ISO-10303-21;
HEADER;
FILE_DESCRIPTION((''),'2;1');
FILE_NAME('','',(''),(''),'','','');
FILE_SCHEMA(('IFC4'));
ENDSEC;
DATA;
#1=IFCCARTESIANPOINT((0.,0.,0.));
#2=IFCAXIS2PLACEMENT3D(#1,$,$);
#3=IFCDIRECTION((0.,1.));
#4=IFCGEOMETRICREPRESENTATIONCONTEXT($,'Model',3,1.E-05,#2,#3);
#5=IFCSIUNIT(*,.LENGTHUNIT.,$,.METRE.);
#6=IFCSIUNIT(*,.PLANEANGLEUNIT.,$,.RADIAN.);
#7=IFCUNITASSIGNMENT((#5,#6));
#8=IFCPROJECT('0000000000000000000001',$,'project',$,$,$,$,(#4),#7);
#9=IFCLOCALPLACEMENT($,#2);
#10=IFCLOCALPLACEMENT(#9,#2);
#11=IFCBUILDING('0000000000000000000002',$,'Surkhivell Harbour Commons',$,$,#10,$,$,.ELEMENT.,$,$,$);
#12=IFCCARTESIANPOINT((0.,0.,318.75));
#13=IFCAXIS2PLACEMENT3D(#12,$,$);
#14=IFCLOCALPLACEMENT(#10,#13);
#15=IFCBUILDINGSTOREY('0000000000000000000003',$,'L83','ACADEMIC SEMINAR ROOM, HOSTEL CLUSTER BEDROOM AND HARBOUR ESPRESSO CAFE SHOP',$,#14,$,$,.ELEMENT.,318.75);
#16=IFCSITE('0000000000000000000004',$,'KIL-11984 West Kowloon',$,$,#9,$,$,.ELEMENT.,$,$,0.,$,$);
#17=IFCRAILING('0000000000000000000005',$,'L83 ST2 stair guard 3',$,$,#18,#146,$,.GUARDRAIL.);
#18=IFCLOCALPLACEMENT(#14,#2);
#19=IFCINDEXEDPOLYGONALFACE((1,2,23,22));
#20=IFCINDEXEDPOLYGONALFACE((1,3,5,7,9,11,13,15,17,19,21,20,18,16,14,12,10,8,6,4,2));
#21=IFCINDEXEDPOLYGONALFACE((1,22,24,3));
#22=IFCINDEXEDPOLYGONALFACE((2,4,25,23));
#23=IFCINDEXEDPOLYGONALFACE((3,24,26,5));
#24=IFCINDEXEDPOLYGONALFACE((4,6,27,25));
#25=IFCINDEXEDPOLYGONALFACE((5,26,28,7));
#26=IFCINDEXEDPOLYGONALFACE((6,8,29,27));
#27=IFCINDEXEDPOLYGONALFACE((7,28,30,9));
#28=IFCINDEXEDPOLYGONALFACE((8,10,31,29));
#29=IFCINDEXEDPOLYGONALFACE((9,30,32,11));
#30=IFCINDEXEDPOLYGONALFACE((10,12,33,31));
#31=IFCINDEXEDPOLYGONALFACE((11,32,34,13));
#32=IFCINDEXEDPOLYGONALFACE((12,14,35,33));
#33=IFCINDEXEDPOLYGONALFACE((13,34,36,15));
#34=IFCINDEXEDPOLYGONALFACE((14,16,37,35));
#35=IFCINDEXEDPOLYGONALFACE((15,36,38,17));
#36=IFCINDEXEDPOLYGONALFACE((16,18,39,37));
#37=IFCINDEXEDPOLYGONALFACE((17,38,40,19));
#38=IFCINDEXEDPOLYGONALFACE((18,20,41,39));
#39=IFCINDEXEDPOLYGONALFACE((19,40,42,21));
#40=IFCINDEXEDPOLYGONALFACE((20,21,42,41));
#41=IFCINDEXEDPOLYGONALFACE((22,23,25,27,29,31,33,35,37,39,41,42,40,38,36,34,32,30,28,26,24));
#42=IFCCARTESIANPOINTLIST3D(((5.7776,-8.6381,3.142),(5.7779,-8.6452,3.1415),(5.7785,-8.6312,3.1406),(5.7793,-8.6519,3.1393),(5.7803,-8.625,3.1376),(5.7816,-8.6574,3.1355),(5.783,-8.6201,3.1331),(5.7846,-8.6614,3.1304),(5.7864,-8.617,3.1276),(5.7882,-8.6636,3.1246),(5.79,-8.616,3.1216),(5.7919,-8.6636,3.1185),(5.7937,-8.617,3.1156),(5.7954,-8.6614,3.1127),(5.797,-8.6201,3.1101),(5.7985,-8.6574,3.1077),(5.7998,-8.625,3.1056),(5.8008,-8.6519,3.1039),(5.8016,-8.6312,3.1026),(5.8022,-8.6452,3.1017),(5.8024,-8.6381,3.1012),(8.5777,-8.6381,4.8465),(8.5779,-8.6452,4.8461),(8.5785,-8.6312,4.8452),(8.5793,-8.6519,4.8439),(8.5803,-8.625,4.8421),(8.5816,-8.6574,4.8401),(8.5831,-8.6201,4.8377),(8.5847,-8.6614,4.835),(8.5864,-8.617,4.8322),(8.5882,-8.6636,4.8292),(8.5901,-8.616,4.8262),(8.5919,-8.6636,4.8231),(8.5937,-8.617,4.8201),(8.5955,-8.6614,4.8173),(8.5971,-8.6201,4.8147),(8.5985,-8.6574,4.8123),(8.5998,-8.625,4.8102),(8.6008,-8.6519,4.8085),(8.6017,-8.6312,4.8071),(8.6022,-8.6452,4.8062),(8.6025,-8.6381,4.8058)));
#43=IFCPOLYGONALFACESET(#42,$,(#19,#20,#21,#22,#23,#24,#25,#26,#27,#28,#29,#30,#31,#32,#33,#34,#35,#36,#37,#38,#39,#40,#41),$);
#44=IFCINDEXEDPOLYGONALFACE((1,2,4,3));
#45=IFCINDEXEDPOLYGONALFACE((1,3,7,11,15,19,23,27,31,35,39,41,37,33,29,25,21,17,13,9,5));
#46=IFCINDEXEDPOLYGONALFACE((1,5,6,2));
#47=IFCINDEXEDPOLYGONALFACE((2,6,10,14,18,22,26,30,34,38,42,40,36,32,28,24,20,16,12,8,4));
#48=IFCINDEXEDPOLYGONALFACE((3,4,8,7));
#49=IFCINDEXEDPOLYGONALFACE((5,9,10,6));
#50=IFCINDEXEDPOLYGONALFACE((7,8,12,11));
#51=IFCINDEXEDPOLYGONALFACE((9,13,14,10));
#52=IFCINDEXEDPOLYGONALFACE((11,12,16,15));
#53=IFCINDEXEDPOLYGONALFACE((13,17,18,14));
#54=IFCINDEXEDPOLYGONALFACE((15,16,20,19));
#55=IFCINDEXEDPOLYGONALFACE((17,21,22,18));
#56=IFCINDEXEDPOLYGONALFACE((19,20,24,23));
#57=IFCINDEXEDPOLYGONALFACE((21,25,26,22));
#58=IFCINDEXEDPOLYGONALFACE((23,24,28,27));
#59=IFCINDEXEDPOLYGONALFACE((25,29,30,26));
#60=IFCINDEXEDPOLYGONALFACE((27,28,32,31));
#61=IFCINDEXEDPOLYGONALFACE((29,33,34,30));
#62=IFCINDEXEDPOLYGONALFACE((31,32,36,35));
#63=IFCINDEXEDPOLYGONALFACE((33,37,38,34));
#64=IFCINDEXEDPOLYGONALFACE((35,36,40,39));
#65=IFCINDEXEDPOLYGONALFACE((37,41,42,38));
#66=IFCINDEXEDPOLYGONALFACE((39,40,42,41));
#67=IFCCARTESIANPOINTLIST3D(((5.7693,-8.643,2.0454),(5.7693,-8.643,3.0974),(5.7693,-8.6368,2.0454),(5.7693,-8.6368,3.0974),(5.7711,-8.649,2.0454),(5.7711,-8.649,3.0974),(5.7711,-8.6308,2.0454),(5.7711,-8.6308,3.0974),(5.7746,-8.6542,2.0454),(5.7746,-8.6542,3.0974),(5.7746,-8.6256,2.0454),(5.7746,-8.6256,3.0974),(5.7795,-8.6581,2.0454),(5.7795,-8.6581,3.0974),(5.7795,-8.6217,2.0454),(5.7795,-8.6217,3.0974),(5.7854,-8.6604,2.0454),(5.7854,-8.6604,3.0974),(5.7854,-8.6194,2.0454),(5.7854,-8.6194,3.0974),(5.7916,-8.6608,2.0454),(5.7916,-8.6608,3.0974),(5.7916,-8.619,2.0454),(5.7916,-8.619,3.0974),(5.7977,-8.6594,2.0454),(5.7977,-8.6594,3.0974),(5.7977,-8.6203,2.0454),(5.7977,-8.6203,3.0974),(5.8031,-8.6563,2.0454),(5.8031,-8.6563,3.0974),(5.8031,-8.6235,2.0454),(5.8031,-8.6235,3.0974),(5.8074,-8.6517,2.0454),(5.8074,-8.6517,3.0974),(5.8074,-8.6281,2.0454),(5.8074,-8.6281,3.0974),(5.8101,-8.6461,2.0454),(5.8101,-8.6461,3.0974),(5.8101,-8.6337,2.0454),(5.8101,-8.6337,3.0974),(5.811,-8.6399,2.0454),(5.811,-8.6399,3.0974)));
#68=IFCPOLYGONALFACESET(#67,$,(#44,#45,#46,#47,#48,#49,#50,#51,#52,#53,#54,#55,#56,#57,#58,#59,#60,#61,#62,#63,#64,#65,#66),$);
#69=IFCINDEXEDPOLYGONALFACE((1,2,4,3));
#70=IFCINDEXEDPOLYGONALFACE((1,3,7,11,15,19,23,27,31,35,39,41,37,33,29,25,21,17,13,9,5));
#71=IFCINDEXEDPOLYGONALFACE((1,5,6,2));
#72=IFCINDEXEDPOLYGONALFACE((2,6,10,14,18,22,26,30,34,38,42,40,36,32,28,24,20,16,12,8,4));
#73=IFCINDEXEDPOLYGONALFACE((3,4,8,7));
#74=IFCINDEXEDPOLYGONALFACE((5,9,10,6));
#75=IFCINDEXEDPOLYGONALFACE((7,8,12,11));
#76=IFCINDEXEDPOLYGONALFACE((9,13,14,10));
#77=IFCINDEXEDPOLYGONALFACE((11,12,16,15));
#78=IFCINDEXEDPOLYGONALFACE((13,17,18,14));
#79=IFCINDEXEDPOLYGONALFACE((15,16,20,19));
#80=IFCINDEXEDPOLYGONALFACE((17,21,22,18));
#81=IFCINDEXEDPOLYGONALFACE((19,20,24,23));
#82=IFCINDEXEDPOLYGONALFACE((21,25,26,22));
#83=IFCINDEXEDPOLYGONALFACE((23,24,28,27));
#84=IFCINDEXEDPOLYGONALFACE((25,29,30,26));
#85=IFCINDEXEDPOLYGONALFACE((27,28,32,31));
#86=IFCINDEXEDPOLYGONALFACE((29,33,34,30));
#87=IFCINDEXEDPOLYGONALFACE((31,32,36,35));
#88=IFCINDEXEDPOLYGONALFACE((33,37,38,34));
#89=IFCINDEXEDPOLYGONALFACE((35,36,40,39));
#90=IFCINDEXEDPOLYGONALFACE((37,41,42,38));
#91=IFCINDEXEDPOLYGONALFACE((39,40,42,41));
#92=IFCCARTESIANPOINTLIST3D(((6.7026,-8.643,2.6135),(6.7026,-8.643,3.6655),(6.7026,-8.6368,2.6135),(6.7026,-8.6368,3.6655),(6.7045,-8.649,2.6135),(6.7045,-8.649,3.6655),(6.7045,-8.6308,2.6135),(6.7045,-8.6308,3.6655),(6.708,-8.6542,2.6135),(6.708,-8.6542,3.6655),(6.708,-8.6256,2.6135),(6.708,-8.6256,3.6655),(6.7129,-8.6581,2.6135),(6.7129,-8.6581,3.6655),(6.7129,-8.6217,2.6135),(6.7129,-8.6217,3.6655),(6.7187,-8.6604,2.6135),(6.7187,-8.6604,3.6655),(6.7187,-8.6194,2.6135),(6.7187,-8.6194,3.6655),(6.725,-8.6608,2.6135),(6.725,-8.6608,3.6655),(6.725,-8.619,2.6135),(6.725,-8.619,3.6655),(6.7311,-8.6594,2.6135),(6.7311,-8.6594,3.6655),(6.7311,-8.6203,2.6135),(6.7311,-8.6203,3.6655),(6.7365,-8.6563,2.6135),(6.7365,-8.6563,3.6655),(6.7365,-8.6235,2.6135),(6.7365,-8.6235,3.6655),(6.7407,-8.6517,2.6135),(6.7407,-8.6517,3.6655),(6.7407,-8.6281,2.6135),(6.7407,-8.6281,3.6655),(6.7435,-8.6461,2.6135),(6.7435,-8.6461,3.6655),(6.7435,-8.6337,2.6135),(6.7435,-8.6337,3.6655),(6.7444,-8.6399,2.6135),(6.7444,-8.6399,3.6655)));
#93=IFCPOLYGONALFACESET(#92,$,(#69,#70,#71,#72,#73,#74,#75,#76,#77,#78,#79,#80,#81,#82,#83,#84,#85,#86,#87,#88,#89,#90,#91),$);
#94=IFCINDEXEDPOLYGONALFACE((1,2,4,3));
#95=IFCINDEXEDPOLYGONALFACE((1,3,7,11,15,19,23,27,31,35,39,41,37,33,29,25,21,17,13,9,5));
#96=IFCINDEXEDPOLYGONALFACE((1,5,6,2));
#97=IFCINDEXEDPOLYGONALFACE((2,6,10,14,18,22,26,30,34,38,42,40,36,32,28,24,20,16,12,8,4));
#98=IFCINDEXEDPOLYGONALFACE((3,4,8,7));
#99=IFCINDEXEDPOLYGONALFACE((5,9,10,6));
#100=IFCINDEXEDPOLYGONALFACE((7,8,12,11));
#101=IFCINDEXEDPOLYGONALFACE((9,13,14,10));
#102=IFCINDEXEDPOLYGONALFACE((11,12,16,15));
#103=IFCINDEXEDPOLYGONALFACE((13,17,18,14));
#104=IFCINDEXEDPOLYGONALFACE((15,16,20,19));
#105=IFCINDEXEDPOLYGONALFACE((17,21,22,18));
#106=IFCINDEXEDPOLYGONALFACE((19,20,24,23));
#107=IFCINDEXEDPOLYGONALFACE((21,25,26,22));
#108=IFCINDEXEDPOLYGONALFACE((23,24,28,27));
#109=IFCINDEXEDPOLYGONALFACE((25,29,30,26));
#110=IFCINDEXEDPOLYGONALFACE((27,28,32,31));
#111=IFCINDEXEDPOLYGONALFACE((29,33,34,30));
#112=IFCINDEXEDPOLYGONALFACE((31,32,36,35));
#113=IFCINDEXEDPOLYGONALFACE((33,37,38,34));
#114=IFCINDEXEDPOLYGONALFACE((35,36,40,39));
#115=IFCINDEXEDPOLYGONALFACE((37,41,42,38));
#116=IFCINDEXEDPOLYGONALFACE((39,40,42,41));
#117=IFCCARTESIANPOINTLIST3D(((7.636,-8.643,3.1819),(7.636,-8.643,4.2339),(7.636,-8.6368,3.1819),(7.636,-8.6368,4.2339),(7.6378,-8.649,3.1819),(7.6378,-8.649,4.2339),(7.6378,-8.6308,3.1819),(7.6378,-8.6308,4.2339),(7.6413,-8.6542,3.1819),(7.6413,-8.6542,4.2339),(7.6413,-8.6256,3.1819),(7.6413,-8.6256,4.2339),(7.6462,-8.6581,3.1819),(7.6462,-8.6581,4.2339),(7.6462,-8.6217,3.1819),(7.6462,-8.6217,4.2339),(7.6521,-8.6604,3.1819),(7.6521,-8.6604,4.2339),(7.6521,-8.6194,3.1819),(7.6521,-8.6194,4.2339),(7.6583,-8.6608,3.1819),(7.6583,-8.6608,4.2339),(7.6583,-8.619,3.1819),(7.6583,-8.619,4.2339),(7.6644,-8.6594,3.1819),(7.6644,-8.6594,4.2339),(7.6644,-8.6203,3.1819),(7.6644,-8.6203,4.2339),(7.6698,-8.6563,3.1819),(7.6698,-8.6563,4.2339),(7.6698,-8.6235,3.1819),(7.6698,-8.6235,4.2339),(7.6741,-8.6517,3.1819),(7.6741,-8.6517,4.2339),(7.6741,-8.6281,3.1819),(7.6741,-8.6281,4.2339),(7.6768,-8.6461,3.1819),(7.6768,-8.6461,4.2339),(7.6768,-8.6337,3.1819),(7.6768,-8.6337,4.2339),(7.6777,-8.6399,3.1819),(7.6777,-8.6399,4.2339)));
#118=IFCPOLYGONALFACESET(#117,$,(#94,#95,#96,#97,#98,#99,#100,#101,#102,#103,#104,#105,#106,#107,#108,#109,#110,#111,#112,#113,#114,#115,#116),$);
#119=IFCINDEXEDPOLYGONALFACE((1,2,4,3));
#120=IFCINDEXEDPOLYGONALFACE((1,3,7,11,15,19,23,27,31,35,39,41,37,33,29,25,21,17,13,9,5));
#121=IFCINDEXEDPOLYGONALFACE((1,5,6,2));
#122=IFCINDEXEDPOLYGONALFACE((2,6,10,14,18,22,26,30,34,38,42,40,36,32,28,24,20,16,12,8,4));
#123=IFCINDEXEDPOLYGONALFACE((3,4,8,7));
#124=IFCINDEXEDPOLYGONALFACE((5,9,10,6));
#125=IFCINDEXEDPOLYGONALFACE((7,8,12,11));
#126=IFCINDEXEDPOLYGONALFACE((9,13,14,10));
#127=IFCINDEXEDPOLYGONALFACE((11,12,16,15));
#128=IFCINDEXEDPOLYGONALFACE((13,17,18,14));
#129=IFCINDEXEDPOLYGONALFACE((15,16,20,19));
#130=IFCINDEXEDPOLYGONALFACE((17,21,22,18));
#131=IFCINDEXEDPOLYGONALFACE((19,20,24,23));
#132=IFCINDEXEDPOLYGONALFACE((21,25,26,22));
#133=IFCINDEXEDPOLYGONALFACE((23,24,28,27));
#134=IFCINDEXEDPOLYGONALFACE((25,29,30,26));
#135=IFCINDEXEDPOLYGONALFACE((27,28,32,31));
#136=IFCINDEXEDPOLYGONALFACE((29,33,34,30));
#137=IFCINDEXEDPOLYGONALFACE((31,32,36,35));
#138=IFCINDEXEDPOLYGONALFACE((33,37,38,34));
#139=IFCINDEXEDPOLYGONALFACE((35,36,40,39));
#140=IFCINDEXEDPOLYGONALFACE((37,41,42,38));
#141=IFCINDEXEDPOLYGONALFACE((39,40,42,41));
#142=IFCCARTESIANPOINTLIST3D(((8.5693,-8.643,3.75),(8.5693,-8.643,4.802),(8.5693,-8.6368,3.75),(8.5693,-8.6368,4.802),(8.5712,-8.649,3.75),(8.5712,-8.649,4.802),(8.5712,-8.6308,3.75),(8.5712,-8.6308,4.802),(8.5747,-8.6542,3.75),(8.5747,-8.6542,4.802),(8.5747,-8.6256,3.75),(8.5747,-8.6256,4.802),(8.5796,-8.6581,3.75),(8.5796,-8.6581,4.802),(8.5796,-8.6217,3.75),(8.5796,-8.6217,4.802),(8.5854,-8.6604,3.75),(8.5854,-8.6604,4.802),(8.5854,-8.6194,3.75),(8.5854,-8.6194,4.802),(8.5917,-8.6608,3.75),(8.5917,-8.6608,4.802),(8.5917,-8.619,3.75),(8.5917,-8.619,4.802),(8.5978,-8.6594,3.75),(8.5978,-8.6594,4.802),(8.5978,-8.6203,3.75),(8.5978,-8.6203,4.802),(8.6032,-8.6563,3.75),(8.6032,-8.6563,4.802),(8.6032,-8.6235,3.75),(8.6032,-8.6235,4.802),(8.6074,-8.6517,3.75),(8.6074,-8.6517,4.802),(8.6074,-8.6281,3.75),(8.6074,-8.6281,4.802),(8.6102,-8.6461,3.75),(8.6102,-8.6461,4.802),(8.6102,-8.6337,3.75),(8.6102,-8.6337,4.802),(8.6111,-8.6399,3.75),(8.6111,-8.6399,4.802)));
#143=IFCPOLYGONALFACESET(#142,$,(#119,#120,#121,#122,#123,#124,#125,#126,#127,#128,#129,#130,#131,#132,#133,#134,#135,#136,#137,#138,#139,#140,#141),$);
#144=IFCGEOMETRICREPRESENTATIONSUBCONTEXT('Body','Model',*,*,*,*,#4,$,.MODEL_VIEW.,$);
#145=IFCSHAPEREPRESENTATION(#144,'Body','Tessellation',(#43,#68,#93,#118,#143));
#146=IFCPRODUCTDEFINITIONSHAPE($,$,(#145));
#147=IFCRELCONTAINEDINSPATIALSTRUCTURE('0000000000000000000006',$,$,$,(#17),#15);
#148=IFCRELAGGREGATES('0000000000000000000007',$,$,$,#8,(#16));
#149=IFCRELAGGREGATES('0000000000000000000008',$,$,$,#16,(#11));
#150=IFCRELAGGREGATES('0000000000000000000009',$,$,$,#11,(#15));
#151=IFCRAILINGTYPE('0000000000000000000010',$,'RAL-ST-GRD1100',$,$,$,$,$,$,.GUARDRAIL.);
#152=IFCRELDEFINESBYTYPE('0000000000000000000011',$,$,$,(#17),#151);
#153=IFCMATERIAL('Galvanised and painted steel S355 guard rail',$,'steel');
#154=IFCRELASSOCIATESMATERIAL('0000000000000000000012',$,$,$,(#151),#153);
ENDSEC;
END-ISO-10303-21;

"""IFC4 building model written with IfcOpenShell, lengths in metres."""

from ifc_helpers import new_model, si_unit, direction, frame, origin, origin_2d, place, context, subcontext, project, spatial, circle, extrude, material, type_object, element, save


model = new_model("IFC4")

# Units and contexts
model_context = context("Model", 3, precision=1e-05, world=origin(), true_north=direction((0.0, 1.0)))
body_context = subcontext(model_context, "Body", "Model", "MODEL_VIEW")
ifc_project = project(units=[si_unit("LENGTHUNIT", "METRE"), si_unit("PLANEANGLEUNIT", "RADIAN")], contexts=[model_context])

# Site, building, storey
site_placement = place(None, origin())
site = spatial("IfcSite", under=ifc_project, at=site_placement, Name="KIL-11984 West Kowloon", CompositionType="ELEMENT", RefElevation=0.0)
building_placement = place(site_placement, origin())
building = spatial("IfcBuilding", under=site, at=building_placement, Name="Surkhivell Harbour Commons", CompositionType="ELEMENT")
storey_placement = place(building_placement, frame((0.0, 0.0, 318.75)))
storey = spatial("IfcBuildingStorey", under=building, at=storey_placement, Name="L83", Description="ACADEMIC SEMINAR ROOM, HOSTEL CLUSTER BEDROOM AND HARBOUR ESPRESSO CAFE SHOP", CompositionType="ELEMENT", Elevation=318.75)

# Railing
ifc_material_1 = material(Name="Galvanised and painted steel S355 guard rail", Category="steel")
railing_type_1 = type_object("IfcRailingType", Name="RAL-ST-GRD1100", PredefinedType="GUARDRAIL", material=ifc_material_1)
railing_1_placement = place(storey_placement, frame((5.79, -8.6399, 2.0454)))
element("IfcRailing", 1, at=railing_1_placement, inside=storey, type_object=railing_type_1, Name="L83 ST2 stair guard 3", PredefinedType="GUARDRAIL", context=body_context, shape_type="SweptSolid", body=[
    extrude(circle(Radius=0.0239, at=origin_2d()), frame((0.0, 0.0, 1.0762), z_axis=(0.85417, 0.0, 0.519994), x_axis=(0.0, 1.0, 0.0)), (0.0, 0.0, 1.0), 3.2781),
    extrude(circle(Radius=0.021, at=origin_2d()), origin(), (0.0, 0.0, 1.0), 1.052),
    extrude(circle(Radius=0.021, at=origin_2d()), frame((0.9333, 0.0, 0.5681)), (0.0, 0.0, 1.0), 1.052),
    extrude(circle(Radius=0.021, at=origin_2d()), frame((1.8667, 0.0, 1.1365)), (0.0, 0.0, 1.0), 1.052),
    extrude(circle(Radius=0.021, at=origin_2d()), frame((2.8, 0.0, 1.7046)), (0.0, 0.0, 1.0), 1.052),
])

save(model, "model.ifc")
